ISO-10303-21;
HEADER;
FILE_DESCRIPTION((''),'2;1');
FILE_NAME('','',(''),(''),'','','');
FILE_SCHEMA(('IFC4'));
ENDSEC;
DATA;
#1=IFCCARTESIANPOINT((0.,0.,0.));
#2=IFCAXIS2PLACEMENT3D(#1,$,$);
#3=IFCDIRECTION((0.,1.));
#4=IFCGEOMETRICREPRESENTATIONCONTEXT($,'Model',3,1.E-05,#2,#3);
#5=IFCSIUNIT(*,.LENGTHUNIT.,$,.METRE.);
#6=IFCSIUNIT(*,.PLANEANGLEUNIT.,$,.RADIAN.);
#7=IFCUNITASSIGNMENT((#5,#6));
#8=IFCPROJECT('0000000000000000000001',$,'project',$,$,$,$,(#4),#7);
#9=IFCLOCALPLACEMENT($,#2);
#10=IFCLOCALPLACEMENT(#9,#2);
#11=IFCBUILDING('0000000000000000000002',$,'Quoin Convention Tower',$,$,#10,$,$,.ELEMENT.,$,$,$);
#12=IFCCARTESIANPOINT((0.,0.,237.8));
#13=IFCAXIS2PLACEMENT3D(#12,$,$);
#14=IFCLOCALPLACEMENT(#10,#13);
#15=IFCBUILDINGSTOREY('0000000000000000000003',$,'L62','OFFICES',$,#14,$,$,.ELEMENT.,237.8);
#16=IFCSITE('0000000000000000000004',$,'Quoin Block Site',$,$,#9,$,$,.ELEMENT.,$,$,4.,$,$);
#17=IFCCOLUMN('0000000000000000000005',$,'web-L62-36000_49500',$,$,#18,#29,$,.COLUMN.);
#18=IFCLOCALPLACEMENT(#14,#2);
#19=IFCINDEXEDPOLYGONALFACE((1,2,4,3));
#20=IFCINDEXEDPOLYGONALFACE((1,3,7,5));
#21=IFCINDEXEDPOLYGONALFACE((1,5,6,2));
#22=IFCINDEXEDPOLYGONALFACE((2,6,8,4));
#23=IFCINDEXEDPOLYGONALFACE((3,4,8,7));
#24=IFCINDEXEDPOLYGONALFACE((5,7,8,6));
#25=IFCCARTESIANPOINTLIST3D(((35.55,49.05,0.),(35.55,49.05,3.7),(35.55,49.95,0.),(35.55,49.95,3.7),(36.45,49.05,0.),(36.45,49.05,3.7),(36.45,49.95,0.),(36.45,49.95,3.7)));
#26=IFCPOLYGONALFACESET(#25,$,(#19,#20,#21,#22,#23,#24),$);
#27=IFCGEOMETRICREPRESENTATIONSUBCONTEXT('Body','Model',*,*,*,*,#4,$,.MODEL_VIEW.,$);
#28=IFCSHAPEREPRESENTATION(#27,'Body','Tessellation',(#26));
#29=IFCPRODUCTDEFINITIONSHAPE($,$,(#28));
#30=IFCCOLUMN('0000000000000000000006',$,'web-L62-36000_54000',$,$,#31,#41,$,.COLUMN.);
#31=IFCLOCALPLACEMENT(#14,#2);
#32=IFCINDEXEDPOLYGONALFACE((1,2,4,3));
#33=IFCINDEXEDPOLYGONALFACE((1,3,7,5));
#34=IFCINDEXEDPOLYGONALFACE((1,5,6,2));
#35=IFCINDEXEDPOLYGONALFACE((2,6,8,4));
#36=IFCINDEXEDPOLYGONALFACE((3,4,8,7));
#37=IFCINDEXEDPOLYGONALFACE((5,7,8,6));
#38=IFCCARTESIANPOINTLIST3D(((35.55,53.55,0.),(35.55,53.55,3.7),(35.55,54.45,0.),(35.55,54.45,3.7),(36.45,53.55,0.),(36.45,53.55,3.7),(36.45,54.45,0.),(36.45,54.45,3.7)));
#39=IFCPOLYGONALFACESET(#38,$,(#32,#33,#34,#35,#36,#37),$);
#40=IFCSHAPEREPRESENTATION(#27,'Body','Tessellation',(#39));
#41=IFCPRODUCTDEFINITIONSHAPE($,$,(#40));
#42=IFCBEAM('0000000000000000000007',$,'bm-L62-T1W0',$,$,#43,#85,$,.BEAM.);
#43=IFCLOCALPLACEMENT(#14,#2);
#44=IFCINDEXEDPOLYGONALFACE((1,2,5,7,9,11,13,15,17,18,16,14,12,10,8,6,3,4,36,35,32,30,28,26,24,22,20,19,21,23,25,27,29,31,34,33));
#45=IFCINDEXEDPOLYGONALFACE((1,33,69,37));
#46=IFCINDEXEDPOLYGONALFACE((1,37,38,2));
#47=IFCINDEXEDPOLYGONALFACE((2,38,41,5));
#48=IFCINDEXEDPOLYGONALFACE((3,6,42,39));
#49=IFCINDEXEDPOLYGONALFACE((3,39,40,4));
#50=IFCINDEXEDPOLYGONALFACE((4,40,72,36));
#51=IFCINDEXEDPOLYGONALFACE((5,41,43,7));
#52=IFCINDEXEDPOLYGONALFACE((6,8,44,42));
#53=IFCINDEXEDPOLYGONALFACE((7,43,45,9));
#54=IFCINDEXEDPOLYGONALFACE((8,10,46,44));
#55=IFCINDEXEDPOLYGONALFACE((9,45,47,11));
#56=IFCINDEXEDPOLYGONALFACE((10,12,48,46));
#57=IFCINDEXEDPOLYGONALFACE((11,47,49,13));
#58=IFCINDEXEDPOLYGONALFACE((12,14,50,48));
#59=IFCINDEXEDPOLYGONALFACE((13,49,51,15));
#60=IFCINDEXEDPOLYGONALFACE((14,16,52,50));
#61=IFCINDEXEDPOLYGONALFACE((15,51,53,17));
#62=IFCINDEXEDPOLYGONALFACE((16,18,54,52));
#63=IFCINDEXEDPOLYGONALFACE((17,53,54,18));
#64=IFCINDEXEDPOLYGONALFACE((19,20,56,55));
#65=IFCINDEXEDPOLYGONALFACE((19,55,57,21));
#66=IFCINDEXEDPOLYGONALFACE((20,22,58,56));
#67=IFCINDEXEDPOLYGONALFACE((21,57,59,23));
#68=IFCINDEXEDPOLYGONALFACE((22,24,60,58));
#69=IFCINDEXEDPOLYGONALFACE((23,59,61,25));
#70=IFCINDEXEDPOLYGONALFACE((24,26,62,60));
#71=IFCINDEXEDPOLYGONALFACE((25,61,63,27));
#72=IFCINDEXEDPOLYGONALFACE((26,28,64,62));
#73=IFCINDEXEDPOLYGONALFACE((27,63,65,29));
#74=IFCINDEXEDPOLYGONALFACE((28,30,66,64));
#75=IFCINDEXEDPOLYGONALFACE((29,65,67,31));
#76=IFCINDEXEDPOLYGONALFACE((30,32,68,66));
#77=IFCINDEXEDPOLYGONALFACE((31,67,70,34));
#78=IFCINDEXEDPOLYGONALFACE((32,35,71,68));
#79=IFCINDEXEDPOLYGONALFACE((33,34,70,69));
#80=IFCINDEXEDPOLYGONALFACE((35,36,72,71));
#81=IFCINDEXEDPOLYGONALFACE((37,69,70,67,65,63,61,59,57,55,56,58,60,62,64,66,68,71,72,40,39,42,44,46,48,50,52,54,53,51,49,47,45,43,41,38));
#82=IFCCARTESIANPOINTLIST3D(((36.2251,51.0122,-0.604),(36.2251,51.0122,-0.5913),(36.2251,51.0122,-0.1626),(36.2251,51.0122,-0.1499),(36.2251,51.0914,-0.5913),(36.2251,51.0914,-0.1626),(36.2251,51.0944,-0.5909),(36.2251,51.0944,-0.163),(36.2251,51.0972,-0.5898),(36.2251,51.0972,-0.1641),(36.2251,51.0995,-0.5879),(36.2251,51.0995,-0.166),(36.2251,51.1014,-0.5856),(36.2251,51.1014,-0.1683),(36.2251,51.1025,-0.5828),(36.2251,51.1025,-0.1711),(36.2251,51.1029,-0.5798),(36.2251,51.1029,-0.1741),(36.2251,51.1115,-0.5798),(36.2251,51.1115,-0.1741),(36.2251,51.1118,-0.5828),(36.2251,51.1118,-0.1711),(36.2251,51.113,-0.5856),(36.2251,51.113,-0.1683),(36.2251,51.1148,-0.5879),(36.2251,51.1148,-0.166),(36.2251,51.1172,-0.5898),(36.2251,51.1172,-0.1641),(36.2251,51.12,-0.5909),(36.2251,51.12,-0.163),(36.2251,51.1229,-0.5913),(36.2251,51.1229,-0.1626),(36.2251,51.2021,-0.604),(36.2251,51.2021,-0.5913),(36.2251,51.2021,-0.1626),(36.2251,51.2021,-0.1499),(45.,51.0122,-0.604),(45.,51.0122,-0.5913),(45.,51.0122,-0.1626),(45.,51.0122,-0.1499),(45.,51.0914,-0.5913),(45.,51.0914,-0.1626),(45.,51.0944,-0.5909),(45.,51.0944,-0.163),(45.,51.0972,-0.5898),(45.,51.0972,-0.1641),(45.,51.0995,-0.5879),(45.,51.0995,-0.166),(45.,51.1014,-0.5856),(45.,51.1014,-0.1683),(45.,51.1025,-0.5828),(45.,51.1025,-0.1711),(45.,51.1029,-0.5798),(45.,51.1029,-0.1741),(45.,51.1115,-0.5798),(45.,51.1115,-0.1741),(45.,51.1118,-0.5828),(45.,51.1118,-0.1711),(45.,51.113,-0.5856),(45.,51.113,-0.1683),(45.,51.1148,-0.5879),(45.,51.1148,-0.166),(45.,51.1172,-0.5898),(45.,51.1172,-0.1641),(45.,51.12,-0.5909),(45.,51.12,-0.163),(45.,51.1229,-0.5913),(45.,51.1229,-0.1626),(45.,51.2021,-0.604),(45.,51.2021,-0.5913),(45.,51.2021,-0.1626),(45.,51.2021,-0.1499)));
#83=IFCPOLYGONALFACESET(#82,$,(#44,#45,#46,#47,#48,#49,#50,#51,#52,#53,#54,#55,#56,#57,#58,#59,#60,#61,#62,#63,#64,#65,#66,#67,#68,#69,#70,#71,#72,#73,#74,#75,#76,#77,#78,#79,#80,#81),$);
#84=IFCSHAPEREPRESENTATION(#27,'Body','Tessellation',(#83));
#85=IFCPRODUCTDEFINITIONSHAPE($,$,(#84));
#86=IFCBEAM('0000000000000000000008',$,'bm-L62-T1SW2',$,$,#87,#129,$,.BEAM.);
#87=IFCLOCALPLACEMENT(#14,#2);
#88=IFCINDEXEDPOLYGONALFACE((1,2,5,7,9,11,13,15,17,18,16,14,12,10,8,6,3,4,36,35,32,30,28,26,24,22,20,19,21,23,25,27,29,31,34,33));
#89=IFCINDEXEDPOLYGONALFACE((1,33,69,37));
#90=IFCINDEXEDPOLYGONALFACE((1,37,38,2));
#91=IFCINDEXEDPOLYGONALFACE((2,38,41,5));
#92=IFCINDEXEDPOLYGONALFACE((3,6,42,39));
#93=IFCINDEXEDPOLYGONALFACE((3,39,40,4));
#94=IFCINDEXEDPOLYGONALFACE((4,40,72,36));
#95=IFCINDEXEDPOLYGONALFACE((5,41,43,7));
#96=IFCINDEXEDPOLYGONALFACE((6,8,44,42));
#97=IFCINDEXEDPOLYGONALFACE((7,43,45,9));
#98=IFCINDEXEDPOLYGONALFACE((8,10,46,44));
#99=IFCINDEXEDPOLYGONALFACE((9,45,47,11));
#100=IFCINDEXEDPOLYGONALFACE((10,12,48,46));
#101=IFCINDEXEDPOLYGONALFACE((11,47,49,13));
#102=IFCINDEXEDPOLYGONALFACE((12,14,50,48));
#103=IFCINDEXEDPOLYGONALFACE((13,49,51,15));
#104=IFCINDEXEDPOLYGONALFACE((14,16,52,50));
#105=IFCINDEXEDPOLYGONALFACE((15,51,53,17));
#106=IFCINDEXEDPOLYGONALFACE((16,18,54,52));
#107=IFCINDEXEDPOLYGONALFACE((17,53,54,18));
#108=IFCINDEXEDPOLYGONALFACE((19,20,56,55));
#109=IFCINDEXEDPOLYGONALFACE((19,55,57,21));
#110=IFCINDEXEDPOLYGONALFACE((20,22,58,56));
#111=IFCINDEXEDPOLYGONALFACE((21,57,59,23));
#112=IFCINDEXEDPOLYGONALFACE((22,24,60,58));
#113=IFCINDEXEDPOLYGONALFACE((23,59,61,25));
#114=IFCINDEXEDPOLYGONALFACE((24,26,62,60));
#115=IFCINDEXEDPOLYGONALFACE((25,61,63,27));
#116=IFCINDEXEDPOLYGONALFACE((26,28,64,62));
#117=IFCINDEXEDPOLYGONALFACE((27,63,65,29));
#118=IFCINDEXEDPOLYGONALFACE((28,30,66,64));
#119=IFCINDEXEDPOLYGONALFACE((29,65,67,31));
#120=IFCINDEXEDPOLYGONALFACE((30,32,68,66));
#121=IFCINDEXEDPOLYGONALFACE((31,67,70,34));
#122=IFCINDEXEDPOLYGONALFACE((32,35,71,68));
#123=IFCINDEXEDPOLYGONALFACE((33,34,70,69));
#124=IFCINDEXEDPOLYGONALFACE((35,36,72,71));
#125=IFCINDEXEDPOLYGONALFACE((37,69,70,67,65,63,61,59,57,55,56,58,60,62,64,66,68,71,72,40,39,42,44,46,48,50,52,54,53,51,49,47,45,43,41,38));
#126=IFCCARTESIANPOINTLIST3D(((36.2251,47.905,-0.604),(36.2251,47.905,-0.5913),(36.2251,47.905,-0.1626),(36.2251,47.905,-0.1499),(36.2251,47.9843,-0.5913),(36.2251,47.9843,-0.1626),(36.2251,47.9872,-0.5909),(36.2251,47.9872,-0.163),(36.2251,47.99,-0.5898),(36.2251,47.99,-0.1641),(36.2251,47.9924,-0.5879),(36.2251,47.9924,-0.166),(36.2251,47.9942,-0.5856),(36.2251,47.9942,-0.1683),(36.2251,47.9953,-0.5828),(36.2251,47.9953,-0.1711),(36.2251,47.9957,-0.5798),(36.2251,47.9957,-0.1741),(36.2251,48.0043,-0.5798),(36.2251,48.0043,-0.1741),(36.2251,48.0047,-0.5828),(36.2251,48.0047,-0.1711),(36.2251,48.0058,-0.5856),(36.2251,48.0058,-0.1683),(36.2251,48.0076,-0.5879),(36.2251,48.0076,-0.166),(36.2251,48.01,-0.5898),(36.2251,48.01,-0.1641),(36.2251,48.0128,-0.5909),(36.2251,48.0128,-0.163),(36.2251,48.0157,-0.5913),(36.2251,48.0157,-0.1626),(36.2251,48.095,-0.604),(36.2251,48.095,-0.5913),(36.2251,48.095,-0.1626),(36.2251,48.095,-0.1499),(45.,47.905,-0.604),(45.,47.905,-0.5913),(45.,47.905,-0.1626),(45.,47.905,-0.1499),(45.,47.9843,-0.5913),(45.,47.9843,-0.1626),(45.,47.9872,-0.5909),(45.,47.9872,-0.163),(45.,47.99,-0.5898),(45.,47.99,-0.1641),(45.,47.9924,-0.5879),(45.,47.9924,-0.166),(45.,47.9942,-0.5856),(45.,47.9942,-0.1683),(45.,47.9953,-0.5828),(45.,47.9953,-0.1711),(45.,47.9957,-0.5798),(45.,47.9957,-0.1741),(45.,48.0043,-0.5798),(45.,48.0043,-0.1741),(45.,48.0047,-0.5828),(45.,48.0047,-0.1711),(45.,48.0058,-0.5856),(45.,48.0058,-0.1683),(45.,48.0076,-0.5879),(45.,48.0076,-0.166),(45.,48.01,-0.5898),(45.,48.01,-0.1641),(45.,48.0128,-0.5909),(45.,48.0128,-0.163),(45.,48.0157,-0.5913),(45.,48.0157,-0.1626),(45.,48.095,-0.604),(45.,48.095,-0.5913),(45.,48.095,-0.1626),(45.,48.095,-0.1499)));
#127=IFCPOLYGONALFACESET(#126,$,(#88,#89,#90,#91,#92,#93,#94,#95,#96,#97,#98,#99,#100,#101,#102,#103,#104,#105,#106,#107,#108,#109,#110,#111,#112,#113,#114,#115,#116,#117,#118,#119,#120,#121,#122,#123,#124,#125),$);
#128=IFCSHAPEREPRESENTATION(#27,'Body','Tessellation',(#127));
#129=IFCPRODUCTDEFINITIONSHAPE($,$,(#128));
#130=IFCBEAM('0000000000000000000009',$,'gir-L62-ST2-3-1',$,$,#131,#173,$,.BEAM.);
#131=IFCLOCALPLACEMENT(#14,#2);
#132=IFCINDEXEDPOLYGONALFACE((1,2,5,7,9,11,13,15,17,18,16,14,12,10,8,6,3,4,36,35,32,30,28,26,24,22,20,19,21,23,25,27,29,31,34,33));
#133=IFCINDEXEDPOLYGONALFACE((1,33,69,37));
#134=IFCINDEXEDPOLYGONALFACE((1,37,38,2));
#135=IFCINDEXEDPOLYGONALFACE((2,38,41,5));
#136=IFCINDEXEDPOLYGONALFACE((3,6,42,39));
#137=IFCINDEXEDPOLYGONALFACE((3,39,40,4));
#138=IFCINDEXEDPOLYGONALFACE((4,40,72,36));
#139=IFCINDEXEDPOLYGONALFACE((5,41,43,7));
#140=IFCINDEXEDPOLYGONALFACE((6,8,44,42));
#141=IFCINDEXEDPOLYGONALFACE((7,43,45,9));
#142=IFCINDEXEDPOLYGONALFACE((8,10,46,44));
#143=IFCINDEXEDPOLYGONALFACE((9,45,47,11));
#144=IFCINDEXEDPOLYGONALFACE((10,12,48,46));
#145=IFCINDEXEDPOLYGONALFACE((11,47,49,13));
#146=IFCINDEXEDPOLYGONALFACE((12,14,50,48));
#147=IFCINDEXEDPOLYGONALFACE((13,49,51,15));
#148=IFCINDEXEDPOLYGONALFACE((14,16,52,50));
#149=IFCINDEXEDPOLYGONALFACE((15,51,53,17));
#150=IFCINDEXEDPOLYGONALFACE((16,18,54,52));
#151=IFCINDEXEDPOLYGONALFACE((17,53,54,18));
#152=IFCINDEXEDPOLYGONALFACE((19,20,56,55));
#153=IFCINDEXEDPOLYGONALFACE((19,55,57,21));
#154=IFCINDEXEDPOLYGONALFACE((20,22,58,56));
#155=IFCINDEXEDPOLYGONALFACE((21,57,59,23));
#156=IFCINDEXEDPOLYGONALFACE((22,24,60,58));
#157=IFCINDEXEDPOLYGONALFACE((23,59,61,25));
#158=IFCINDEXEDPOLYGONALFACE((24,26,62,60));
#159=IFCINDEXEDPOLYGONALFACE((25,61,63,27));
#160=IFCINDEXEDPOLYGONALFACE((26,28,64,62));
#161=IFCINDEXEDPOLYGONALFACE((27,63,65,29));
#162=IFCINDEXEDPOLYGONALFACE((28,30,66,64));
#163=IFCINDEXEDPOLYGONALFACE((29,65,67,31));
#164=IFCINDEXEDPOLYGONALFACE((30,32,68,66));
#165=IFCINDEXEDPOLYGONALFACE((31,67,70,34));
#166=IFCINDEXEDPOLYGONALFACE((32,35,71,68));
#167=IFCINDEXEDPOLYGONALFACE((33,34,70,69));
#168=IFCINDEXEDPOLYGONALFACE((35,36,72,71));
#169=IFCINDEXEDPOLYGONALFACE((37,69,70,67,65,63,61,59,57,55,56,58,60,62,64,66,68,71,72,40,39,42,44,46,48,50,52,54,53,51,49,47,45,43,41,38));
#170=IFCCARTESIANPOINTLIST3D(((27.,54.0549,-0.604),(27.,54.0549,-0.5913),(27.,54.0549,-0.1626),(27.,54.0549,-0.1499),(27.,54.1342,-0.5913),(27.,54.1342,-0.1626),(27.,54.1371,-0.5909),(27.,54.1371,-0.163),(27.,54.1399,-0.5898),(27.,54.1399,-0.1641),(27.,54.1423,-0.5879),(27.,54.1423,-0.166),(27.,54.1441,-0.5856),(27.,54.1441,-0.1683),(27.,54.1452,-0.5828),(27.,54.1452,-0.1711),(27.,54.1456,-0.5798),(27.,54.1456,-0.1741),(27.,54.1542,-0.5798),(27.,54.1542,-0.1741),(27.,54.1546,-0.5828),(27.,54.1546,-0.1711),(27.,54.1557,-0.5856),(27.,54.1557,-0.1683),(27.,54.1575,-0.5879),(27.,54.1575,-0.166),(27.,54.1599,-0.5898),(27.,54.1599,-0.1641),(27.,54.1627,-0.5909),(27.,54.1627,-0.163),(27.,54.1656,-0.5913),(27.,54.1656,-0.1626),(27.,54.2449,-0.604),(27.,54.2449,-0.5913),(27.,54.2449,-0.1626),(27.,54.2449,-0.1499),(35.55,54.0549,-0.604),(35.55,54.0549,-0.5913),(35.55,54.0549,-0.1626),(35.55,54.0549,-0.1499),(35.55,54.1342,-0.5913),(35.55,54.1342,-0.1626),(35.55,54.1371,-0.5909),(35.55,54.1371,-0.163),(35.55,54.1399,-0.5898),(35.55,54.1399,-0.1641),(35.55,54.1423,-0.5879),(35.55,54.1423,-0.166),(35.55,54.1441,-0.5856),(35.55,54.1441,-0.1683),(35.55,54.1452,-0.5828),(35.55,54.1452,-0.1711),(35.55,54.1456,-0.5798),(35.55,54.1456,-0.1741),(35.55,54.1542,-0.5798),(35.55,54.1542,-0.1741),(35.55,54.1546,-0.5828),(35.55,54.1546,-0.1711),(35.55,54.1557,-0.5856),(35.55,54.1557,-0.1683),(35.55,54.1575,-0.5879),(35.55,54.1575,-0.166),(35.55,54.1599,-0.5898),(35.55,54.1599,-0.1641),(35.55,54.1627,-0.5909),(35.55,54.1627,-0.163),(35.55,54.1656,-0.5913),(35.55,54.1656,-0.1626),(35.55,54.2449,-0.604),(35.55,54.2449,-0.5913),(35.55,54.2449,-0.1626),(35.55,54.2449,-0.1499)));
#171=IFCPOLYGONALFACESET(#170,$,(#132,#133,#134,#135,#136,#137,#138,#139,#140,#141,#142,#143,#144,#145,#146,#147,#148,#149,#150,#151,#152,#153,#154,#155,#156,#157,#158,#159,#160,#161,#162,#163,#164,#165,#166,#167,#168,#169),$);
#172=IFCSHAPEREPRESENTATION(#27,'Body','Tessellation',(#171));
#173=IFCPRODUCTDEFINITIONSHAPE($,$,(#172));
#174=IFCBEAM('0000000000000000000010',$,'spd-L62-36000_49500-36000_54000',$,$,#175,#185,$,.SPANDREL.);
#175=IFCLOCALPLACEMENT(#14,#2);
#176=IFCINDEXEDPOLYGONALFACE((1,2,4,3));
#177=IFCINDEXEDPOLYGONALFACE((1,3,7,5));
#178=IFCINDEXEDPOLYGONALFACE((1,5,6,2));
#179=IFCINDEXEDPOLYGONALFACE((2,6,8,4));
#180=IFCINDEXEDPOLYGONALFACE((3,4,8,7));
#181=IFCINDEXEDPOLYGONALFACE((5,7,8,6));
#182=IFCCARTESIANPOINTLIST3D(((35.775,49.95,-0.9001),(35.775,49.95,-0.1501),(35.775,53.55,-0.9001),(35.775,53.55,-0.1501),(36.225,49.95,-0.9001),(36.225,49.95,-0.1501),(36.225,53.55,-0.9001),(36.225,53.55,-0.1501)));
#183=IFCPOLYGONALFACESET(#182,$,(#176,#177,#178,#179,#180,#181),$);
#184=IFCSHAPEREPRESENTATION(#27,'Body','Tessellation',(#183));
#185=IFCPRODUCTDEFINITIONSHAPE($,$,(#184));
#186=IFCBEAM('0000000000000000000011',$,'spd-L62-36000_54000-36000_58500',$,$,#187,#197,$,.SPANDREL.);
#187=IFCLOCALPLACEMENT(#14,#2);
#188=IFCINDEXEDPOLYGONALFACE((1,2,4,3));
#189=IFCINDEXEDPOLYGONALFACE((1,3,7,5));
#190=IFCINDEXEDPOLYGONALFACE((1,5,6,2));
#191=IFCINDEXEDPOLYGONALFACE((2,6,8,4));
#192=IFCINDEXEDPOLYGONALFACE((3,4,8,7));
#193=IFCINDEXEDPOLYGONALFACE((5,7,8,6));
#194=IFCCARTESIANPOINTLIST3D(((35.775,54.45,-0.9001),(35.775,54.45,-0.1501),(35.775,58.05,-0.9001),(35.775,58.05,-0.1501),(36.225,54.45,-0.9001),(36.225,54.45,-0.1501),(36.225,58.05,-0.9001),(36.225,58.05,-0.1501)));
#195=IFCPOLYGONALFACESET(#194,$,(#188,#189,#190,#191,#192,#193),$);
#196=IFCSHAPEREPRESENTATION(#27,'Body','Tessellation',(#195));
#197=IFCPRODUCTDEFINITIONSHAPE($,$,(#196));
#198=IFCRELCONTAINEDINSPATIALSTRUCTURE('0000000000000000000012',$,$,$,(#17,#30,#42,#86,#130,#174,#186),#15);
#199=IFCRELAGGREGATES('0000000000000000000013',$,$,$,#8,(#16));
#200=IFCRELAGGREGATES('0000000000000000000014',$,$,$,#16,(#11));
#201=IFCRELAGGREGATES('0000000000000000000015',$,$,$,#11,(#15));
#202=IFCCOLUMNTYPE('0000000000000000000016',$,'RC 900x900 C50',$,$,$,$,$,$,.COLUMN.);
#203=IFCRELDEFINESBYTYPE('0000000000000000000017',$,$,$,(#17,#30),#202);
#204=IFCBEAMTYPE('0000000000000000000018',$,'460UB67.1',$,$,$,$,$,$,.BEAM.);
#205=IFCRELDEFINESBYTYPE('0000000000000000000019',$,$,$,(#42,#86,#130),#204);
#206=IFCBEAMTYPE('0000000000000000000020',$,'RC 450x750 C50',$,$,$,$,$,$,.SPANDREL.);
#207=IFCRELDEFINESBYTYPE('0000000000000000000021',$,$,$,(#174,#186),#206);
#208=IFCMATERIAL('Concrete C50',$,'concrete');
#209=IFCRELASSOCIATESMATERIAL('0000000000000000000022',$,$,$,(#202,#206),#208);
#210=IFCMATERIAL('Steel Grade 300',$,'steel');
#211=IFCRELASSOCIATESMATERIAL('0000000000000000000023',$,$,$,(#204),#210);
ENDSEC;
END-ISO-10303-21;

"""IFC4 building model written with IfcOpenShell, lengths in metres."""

from ifc_helpers import new_model, si_unit, direction, frame, origin, origin_2d, place, context, subcontext, project, spatial, rectangle, i_section, extrude, material, material_profile, profile_set, type_object, element, save


model = new_model("IFC4")

# Units and contexts
model_context = context("Model", 3, precision=1e-05, world=origin(), true_north=direction((0.0, 1.0)))
body_context = subcontext(model_context, "Body", "Model", "MODEL_VIEW")
ifc_project = project(units=[si_unit("LENGTHUNIT", "METRE"), si_unit("PLANEANGLEUNIT", "RADIAN")], contexts=[model_context])

# Site, building, storey
site_placement = place(None, origin())
site = spatial("IfcSite", under=ifc_project, at=site_placement, Name="Quoin Block Site", CompositionType="ELEMENT", RefElevation=4.0)
building_placement = place(site_placement, origin())
building = spatial("IfcBuilding", under=site, at=building_placement, Name="Quoin Convention Tower", CompositionType="ELEMENT")
storey_placement = place(building_placement, frame((0.0, 0.0, 237.8)))
storey = spatial("IfcBuildingStorey", under=building, at=storey_placement, Name="L62", Description="OFFICES", CompositionType="ELEMENT", Elevation=237.8)

# Columns
ifc_material_1 = material(Name="Concrete C50", Category="concrete")
ifc_material_profile_1 = material_profile(ifc_material_1, rectangle(XDim=0.8999, YDim=0.8999, at=origin_2d()), Name="RC 900x900")
ifc_profile_set_1 = profile_set([ifc_material_profile_1], Name="Concrete C50")
column_type = type_object("IfcColumnType", Name="RC 900x900 C50", PredefinedType="COLUMN", material=ifc_profile_set_1)
for number, where, z_axis, x_axis, name in (
    (1, (36.0, 49.5, 0.0), (0.0, 0.0, 1.0), (1.0, 0.0, 0.0), "web-L62-36000_49500"),
    (2, (36.0, 54.0, 0.0), (0.0, 0.0, 1.0), (1.0, 0.0, 0.0), "web-L62-36000_54000"),
):
    element("IfcColumn", number, at=place(storey_placement, frame(where, z_axis=z_axis, x_axis=x_axis)), inside=storey, type_object=column_type, Name=name, PredefinedType="COLUMN", context=body_context, shape_type="SweptSolid", body=[
        extrude(rectangle(XDim=0.8999, YDim=0.8999, at=origin_2d()), origin(), (0.0, 0.0, 1.0), 3.7),
    ])

# Beams
ifc_material_2 = material(Name="Steel Grade 300", Category="steel")
ifc_material_profile_2 = material_profile(ifc_material_2, i_section(OverallWidth=0.1899, OverallDepth=0.4541, WebThickness=0.0085, FlangeThickness=0.0127, FilletRadius=0.0115, at=origin_2d()), Name="460UB67.1")
ifc_profile_set_2 = profile_set([ifc_material_profile_2], Name="Steel Grade 300")
beam_type_1 = type_object("IfcBeamType", Name="460UB67.1", PredefinedType="BEAM", material=ifc_profile_set_2)
for number, where, z_axis, x_axis, name in (
    (3, (36.2251, 51.1072, -0.377), (1.0, 0.0, 0.0), (0.0, 1.0, 0.0), "bm-L62-T1W0"),
    (4, (36.2251, 48.0, -0.377), (1.0, 0.0, 0.0), (0.0, 1.0, 0.0), "bm-L62-T1SW2"),
):
    element("IfcBeam", number, at=place(storey_placement, frame(where, z_axis=z_axis, x_axis=x_axis)), inside=storey, type_object=beam_type_1, Name=name, PredefinedType="BEAM", context=body_context, shape_type="SweptSolid", body=[
        extrude(i_section(OverallWidth=0.1899, OverallDepth=0.4541, WebThickness=0.0085, FlangeThickness=0.0127, FilletRadius=0.0115, at=origin_2d()), origin(), (0.0, 0.0, 1.0), 8.7749),
    ])
beam_placement = place(storey_placement, frame((27.0, 54.1499, -0.377), z_axis=(1.0, 0.0, 0.0), x_axis=(0.0, 1.0, 0.0)))
element("IfcBeam", 5, at=beam_placement, inside=storey, type_object=beam_type_1, Name="gir-L62-ST2-3-1", PredefinedType="BEAM", context=body_context, shape_type="SweptSolid", body=[
    extrude(i_section(OverallWidth=0.1899, OverallDepth=0.4541, WebThickness=0.0085, FlangeThickness=0.0127, FilletRadius=0.0115, at=origin_2d()), origin(), (0.0, 0.0, 1.0), 8.55),
])
ifc_material_profile_3 = material_profile(ifc_material_1, rectangle(XDim=0.45, YDim=0.75, at=origin_2d()), Name="RC 450x750")
ifc_profile_set_3 = profile_set([ifc_material_profile_3], Name="Concrete C50")
beam_type_2 = type_object("IfcBeamType", Name="RC 450x750 C50", PredefinedType="SPANDREL", material=ifc_profile_set_3)
for number, where, z_axis, x_axis, name in (
    (6, (36.0, 49.95, -0.5251), (0.0, 1.0, 0.0), (-1.0, 0.0, 0.0), "spd-L62-36000_49500-36000_54000"),
    (7, (36.0, 54.45, -0.5251), (0.0, 1.0, 0.0), (-1.0, 0.0, 0.0), "spd-L62-36000_54000-36000_58500"),
):
    element("IfcBeam", number, at=place(storey_placement, frame(where, z_axis=z_axis, x_axis=x_axis)), inside=storey, type_object=beam_type_2, Name=name, PredefinedType="SPANDREL", context=body_context, shape_type="SweptSolid", body=[
        extrude(rectangle(XDim=0.45, YDim=0.75, at=origin_2d()), origin(), (0.0, 0.0, 1.0), 3.6001),
    ])

save(model, "model.ifc")
